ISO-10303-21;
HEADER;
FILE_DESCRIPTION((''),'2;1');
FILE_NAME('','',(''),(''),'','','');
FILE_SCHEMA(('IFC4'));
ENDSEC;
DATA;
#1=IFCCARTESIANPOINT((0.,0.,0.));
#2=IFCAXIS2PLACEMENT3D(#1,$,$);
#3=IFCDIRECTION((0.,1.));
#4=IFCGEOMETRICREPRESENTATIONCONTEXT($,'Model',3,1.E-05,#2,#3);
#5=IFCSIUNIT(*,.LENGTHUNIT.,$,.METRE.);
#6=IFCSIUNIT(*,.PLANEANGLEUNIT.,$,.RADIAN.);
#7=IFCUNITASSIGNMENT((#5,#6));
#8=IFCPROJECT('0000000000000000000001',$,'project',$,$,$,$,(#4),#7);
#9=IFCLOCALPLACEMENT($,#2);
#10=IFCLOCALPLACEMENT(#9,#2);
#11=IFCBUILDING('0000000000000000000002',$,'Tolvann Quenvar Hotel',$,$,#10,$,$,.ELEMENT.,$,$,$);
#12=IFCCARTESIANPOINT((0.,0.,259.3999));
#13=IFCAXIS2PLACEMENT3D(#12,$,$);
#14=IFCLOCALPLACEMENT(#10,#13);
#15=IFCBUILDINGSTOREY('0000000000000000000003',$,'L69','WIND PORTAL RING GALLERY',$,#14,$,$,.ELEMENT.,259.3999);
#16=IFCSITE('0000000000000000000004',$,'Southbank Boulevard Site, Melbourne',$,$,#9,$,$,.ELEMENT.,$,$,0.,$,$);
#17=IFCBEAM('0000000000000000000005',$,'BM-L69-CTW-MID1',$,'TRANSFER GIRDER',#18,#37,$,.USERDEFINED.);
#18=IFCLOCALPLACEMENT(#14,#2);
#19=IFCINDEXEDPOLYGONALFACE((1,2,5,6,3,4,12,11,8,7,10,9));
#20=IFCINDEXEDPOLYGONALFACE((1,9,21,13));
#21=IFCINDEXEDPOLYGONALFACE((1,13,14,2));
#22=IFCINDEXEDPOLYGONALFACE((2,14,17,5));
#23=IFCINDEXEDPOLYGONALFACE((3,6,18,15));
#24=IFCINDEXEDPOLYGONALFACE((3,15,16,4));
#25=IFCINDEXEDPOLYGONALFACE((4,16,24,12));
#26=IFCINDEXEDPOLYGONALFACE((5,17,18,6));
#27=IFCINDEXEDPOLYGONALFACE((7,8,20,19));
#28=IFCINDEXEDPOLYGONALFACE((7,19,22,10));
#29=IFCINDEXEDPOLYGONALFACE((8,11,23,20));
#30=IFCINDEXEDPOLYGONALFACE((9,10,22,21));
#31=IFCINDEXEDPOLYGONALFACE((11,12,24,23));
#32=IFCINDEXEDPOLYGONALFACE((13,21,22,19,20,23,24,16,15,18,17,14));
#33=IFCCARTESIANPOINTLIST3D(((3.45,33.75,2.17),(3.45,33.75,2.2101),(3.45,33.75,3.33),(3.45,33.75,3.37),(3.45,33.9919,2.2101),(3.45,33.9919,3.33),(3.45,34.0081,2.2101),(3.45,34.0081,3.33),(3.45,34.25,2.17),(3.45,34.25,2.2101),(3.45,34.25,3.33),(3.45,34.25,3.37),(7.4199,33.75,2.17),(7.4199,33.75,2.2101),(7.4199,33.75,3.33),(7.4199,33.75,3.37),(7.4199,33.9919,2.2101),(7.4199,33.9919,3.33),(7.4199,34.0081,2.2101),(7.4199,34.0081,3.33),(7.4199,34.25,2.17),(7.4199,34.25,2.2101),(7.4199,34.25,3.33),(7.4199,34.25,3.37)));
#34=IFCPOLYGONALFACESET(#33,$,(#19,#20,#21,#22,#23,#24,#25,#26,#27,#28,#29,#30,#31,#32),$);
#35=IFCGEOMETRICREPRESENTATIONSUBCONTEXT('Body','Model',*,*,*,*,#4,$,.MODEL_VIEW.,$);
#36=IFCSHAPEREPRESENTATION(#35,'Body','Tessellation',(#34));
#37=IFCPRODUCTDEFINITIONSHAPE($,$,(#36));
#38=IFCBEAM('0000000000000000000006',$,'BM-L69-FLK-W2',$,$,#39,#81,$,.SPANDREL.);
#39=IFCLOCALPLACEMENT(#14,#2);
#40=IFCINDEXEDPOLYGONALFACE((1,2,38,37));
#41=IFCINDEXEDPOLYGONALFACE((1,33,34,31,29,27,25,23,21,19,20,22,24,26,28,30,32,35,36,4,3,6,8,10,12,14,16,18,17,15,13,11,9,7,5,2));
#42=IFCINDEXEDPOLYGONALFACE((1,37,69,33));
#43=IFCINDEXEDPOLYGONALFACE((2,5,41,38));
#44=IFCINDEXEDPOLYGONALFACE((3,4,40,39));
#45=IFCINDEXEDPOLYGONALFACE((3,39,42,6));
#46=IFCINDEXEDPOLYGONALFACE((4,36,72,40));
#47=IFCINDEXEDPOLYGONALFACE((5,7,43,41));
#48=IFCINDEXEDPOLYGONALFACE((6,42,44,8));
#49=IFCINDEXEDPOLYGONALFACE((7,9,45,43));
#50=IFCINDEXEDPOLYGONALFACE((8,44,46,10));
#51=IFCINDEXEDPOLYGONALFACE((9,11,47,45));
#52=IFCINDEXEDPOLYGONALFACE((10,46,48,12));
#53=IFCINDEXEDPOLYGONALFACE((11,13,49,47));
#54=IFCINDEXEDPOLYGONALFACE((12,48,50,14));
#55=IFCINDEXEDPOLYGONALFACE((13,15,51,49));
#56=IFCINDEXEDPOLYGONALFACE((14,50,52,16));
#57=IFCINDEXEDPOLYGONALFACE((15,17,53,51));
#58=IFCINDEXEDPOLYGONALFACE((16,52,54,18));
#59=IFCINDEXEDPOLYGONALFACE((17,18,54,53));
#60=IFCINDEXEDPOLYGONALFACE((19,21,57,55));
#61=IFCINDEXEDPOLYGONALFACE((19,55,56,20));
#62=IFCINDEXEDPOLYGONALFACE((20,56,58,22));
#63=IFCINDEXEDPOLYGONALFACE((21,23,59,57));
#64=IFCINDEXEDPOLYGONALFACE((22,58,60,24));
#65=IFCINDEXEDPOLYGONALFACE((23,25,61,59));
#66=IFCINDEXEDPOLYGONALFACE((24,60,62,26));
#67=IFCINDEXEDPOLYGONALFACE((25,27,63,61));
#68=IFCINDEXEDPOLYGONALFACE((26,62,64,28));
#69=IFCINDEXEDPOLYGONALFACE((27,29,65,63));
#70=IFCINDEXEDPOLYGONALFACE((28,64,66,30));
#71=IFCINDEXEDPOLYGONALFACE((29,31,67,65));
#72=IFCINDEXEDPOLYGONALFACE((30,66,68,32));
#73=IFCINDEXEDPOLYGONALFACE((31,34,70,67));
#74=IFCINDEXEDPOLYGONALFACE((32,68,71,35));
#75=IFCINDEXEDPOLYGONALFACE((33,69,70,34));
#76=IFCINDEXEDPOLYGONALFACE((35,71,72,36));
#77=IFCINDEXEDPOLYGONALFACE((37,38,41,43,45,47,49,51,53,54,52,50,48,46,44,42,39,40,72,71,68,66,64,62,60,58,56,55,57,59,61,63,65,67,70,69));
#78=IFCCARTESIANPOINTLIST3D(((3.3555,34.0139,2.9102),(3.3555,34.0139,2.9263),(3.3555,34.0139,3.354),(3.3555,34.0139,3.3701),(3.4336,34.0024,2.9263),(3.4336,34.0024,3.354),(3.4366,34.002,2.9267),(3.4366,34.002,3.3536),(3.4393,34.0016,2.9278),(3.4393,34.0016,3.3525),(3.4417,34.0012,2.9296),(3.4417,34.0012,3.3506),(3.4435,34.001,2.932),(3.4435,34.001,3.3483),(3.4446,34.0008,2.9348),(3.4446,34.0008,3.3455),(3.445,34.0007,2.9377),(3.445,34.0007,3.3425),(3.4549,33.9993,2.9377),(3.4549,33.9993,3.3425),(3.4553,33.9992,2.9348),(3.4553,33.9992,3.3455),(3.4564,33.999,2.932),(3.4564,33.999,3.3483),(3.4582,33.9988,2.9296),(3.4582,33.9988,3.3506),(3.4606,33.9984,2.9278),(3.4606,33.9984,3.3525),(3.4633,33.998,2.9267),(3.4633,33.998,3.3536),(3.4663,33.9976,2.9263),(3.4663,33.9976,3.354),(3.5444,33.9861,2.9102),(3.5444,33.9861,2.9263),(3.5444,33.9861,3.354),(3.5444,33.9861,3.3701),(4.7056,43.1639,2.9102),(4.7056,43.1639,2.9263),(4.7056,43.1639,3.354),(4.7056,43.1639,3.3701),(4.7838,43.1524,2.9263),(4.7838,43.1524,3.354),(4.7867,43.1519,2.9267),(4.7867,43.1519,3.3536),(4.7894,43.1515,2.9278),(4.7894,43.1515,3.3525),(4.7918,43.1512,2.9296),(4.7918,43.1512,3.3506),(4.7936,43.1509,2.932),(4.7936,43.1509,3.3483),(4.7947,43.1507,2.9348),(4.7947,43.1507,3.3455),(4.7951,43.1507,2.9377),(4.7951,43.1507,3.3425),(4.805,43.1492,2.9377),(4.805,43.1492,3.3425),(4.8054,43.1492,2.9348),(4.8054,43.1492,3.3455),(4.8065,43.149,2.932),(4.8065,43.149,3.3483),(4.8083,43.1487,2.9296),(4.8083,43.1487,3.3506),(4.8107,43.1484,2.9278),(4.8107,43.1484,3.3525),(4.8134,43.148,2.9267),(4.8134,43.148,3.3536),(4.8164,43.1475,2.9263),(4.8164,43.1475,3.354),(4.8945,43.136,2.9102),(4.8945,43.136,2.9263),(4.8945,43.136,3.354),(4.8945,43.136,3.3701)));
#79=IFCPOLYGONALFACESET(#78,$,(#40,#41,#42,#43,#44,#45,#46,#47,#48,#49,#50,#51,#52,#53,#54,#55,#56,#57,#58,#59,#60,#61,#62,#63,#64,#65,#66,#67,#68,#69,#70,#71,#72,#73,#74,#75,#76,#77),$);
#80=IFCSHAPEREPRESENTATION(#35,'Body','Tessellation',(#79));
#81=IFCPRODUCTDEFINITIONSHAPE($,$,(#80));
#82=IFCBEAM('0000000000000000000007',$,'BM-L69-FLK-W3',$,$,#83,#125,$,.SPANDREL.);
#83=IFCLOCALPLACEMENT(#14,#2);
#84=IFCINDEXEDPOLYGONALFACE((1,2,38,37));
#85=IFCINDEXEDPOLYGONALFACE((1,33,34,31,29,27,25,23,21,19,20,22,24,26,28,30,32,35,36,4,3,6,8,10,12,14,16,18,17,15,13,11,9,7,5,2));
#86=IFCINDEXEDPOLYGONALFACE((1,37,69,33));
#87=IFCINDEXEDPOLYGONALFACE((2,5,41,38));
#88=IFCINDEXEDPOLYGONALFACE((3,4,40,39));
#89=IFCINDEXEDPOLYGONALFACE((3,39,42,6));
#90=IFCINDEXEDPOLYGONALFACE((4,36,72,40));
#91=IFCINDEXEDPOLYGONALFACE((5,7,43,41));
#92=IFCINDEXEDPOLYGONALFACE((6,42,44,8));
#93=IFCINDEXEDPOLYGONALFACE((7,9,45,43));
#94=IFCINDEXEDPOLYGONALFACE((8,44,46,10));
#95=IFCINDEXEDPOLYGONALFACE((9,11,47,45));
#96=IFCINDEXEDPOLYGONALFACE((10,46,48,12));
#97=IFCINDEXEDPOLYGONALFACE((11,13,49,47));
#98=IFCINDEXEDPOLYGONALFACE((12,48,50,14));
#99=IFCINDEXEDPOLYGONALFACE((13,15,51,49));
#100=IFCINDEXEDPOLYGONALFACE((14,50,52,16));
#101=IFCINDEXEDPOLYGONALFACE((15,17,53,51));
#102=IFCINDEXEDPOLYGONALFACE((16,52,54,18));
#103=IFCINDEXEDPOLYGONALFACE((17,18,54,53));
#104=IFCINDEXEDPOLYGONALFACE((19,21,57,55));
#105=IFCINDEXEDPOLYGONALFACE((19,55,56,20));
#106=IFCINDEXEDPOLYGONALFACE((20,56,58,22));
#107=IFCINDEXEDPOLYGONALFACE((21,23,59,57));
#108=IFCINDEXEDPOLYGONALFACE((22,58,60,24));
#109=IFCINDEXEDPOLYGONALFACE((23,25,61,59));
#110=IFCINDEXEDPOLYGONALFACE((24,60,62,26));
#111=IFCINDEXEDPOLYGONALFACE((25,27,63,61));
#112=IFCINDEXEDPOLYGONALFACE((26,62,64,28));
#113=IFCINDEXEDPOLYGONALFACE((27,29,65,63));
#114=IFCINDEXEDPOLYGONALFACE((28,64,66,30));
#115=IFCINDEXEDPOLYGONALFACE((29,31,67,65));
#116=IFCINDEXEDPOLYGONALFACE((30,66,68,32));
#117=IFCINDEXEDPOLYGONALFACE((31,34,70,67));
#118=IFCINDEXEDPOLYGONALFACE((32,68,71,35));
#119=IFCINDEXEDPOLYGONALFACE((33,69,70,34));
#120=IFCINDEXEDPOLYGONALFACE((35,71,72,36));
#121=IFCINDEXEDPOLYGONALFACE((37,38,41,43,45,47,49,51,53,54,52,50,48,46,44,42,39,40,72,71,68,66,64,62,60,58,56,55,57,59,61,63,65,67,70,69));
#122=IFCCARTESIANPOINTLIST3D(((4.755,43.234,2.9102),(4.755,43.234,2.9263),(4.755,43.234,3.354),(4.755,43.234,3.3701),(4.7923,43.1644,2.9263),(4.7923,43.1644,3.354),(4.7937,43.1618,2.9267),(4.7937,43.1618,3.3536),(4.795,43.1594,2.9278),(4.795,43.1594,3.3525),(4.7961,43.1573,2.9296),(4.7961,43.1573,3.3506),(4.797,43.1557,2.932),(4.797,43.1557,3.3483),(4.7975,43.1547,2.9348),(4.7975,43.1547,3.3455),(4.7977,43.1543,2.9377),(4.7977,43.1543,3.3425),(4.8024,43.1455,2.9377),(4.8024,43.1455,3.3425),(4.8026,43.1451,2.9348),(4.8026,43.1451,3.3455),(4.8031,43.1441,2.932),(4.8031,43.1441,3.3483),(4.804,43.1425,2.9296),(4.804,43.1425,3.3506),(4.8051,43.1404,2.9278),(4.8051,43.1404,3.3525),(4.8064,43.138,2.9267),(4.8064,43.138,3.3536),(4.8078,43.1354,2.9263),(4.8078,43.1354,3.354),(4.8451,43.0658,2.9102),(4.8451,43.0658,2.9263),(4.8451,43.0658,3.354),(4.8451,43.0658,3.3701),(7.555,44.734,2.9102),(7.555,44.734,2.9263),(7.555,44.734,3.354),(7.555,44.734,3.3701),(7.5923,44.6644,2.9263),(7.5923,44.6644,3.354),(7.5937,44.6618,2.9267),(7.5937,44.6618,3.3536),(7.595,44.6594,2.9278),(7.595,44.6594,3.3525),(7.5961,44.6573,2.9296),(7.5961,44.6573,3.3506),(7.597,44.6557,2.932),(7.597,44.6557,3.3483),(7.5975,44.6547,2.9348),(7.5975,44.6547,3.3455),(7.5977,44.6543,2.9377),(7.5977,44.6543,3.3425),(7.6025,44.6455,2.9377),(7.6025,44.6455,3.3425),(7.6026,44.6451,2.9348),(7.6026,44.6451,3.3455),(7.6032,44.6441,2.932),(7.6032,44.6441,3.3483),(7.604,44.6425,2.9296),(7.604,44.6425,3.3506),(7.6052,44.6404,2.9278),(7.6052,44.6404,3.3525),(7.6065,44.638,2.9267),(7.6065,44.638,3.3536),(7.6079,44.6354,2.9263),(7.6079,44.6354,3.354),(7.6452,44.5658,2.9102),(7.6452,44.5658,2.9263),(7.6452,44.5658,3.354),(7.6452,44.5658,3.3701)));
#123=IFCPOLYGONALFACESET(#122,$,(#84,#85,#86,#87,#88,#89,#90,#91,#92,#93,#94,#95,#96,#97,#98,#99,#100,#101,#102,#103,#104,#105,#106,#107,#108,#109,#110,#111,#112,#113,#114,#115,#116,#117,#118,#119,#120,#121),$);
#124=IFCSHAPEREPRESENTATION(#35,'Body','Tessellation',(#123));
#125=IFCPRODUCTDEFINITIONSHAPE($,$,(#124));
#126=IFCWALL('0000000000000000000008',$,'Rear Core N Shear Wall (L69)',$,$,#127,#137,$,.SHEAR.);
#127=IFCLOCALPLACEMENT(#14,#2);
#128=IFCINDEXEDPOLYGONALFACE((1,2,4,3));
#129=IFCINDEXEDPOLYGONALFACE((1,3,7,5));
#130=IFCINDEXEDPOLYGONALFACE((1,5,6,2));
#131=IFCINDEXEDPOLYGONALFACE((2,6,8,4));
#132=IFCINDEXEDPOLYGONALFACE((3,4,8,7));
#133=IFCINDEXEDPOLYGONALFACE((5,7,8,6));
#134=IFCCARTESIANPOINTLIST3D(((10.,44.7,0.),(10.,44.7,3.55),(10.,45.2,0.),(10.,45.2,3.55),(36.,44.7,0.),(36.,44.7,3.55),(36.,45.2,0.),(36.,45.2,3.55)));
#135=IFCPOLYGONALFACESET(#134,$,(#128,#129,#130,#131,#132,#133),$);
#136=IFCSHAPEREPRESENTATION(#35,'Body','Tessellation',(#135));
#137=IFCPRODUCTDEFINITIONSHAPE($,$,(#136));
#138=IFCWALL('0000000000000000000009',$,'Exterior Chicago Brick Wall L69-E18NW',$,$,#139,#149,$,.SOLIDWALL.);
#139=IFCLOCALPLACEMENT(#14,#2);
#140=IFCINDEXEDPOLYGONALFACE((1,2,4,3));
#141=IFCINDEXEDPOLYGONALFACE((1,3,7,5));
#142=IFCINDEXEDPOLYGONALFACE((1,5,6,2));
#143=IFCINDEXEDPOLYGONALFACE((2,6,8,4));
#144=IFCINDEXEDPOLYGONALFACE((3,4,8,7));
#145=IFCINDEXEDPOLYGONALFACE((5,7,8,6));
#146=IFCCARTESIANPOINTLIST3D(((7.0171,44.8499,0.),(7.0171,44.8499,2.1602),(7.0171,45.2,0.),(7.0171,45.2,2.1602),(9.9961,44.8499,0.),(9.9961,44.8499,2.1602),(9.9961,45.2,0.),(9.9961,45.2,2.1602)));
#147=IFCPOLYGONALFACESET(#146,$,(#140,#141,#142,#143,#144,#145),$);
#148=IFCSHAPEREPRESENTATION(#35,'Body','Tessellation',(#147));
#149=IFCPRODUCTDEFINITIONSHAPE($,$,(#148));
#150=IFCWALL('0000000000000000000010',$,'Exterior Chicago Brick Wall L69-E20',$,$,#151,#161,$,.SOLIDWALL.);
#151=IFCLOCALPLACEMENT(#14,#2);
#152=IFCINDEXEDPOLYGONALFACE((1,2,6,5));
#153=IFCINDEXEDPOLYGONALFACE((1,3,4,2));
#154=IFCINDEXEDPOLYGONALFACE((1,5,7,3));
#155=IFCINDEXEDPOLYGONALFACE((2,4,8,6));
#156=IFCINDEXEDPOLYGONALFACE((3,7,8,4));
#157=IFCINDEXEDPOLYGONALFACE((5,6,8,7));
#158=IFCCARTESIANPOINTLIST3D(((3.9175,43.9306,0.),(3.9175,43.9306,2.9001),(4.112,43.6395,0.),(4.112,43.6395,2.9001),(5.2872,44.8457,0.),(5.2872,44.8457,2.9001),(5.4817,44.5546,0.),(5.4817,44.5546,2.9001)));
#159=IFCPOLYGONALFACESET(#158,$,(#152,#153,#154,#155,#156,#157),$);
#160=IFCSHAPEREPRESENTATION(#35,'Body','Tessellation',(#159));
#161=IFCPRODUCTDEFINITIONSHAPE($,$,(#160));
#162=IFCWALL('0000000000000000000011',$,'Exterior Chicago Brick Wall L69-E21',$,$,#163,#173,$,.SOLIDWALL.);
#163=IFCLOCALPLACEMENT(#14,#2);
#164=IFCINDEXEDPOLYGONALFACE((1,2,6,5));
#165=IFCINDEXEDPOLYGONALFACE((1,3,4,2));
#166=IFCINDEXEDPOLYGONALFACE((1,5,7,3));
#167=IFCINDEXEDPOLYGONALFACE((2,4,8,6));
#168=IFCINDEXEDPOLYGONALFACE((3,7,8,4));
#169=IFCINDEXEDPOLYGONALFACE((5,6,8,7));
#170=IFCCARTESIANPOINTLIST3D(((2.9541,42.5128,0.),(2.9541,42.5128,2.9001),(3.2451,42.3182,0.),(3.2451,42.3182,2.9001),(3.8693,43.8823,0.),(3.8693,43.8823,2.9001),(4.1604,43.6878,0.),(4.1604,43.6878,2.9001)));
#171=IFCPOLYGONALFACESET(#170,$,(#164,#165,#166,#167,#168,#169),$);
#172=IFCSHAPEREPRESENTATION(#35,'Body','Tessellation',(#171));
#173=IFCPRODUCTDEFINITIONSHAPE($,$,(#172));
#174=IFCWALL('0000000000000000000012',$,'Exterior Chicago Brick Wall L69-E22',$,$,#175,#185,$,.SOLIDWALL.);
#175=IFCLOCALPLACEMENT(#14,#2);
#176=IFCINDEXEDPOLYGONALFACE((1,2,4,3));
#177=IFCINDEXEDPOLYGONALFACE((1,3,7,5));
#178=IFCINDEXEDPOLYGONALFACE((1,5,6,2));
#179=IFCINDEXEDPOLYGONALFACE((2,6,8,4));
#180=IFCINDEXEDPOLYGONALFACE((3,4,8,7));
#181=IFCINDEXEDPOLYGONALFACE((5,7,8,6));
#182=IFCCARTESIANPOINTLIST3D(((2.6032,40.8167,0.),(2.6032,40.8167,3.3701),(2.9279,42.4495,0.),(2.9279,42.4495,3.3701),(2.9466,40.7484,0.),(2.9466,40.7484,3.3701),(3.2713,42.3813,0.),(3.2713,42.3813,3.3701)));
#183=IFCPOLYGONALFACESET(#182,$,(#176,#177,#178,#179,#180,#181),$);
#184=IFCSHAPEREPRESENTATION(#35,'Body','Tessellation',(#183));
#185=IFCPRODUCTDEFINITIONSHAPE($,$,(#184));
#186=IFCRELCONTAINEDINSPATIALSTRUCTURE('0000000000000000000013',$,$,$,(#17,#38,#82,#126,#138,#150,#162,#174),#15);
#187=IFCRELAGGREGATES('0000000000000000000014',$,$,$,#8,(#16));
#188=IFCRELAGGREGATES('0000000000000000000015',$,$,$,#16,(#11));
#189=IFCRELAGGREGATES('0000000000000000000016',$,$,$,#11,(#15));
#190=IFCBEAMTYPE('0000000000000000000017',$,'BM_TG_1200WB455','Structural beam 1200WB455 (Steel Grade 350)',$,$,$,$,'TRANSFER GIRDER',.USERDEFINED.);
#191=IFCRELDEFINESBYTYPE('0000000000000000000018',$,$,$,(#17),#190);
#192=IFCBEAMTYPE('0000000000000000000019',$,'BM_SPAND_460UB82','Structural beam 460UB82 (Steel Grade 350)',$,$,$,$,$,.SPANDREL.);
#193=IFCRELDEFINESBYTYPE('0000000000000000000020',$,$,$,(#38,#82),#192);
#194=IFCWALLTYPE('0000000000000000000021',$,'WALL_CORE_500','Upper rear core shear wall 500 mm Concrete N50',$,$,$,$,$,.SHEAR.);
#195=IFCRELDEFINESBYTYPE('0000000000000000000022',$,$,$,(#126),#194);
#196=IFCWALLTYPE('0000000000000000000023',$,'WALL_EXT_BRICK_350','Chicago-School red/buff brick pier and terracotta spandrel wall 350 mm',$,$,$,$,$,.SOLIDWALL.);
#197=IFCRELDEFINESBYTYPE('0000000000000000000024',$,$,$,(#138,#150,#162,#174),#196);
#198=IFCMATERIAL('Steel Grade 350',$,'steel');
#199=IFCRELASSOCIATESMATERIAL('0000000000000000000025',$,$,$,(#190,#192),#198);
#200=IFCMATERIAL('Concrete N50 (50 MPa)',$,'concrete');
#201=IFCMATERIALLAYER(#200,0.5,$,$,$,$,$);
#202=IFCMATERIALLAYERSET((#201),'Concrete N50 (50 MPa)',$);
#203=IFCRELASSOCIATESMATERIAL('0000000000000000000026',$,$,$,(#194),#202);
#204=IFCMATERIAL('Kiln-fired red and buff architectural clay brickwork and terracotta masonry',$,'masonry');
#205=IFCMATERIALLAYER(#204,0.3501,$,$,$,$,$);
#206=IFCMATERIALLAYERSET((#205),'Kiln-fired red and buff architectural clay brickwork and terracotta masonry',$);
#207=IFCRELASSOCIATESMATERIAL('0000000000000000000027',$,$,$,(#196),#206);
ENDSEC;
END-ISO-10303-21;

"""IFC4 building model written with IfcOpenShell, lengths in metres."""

from ifc_helpers import new_model, si_unit, direction, frame, frame_2d, origin, origin_2d, place, context, subcontext, project, spatial, rectangle, i_section, extrude, source, transform, mapped, material, layer, layer_set, material_profile, profile_set, type_object, type_shapes, element, save


model = new_model("IFC4")

# Units and contexts
model_context = context("Model", 3, precision=1e-05, world=origin(), true_north=direction((0.0, 1.0)))
body_context = subcontext(model_context, "Body", "Model", "MODEL_VIEW")
ifc_project = project(units=[si_unit("LENGTHUNIT", "METRE"), si_unit("PLANEANGLEUNIT", "RADIAN")], contexts=[model_context])

# Site, building, storey
site_placement = place(None, origin())
site = spatial("IfcSite", under=ifc_project, at=site_placement, Name="Southbank Boulevard Site, Melbourne", CompositionType="ELEMENT", RefElevation=0.0)
building_placement = place(site_placement, origin())
building = spatial("IfcBuilding", under=site, at=building_placement, Name="Tolvann Quenvar Hotel", CompositionType="ELEMENT")
storey_placement = place(building_placement, frame((0.0, 0.0, 259.3999)))
storey = spatial("IfcBuildingStorey", under=building, at=storey_placement, Name="L69", Description="WIND PORTAL RING GALLERY", CompositionType="ELEMENT", Elevation=259.3999)

# Shared definitions
ifc_material_1 = material(Name="Steel Grade 350", Category="steel")

# Beams
ifc_material_profile_1 = material_profile(ifc_material_1, i_section(OverallWidth=0.5, OverallDepth=1.2, WebThickness=0.0161, FlangeThickness=0.04, at=origin_2d()), Name="1200WB455")
ifc_profile_set_1 = profile_set([ifc_material_profile_1], Name="Steel Grade 350")
beam_type_1 = type_object("IfcBeamType", Name="BM_TG_1200WB455", Description="Structural beam 1200WB455 (Steel Grade 350)", ElementType="TRANSFER GIRDER", PredefinedType="USERDEFINED", material=ifc_profile_set_1)
shared_shape_1 = source(origin(), body_context, "Body", "SweptSolid", [
    extrude(i_section(OverallWidth=0.5, OverallDepth=1.2, WebThickness=0.0161, FlangeThickness=0.04, at=origin_2d()), origin(), (0.0, 0.0, 1.0), 3.97),
])
beam_1_placement = place(storey_placement, frame((3.45, 34.0, 2.77), z_axis=(1.0, 0.0, 0.0), x_axis=(0.0, 1.0, 0.0)))
element("IfcBeam", 1, at=beam_1_placement, inside=storey, type_object=beam_type_1, Name="BM-L69-CTW-MID1", ObjectType="TRANSFER GIRDER", PredefinedType="USERDEFINED", context=body_context, shape_type="MappedRepresentation", body=[
    mapped(shared_shape_1, transform((0.0, 0.0, 0.0), x_axis=(1.0, 0.0, 0.0), y_axis=(0.0, 1.0, 0.0), z_axis=(0.0, 0.0, 1.0), scale=1.0)),
])
ifc_material_profile_2 = material_profile(ifc_material_1, i_section(OverallWidth=0.1909, OverallDepth=0.46, WebThickness=0.01, FlangeThickness=0.0161, FilletRadius=0.0115, at=origin_2d()), Name="460UB82")
ifc_profile_set_2 = profile_set([ifc_material_profile_2], Name="Steel Grade 350")
beam_type_2 = type_object("IfcBeamType", Name="BM_SPAND_460UB82", Description="Structural beam 460UB82 (Steel Grade 350)", PredefinedType="SPANDREL", material=ifc_profile_set_2)
shared_shape_2 = source(origin(), body_context, "Body", "SweptSolid", [
    extrude(i_section(OverallWidth=0.1909, OverallDepth=0.46, WebThickness=0.01, FlangeThickness=0.0161, FilletRadius=0.0115, at=origin_2d()), origin(), (0.0, 0.0, 1.0), 9.249),
])
beam_2_placement = place(storey_placement, frame((3.45, 34.0, 3.1401), z_axis=(0.145973, 0.989289, 0.0), x_axis=(-0.989289, 0.145973, 0.0)))
element("IfcBeam", 2, at=beam_2_placement, inside=storey, type_object=beam_type_2, Name="BM-L69-FLK-W2", PredefinedType="SPANDREL", context=body_context, shape_type="MappedRepresentation", body=[
    mapped(shared_shape_2, transform((0.0, 0.0, 0.0), x_axis=(1.0, 0.0, 0.0), y_axis=(0.0, 1.0, 0.0), z_axis=(0.0, 0.0, 1.0), scale=1.0)),
])
shared_shape_3 = source(origin(), body_context, "Body", "SweptSolid", [
    extrude(i_section(OverallWidth=0.1909, OverallDepth=0.46, WebThickness=0.01, FlangeThickness=0.0161, FilletRadius=0.0115, at=origin_2d()), origin(), (0.0, 0.0, 1.0), 3.1765),
])
type_shapes(beam_type_2, [shared_shape_2, shared_shape_3])
beam_3_placement = place(storey_placement, frame((4.8, 43.1499, 3.1401), z_axis=(0.881483, 0.472215, 0.0), x_axis=(-0.472215, 0.881483, 0.0)))
element("IfcBeam", 3, at=beam_3_placement, inside=storey, type_object=beam_type_2, Name="BM-L69-FLK-W3", PredefinedType="SPANDREL", context=body_context, shape_type="MappedRepresentation", body=[
    mapped(shared_shape_3, transform((0.0, 0.0, 0.0), x_axis=(1.0, 0.0, 0.0), y_axis=(0.0, 1.0, 0.0), z_axis=(0.0, 0.0, 1.0), scale=1.0)),
])

# Walls
ifc_material_2 = material(Name="Concrete N50 (50 MPa)", Category="concrete")
ifc_layer_1 = layer(ifc_material_2, 0.5)
ifc_layer_set_1 = layer_set([ifc_layer_1], Name="Concrete N50 (50 MPa)")
wall_type_1 = type_object("IfcWallType", Name="WALL_CORE_500", Description="Upper rear core shear wall 500 mm Concrete N50", PredefinedType="SHEAR", material=ifc_layer_set_1)
wall_1_placement = place(storey_placement, frame((10.0, 44.95, 0.0), z_axis=(0.0, 0.0, 1.0), x_axis=(1.0, 0.0, 0.0)))
element("IfcWall", 4, at=wall_1_placement, inside=storey, type_object=wall_type_1, Name="Rear Core N Shear Wall (L69)", PredefinedType="SHEAR", context=body_context, shape_type="SweptSolid", body=[
    extrude(rectangle(XDim=26.0, YDim=0.5, at=frame_2d((13.0, 0.0))), origin(), (0.0, 0.0, 1.0), 3.55),
])
ifc_material_3 = material(Name="Kiln-fired red and buff architectural clay brickwork and terracotta masonry", Category="masonry")
ifc_layer_2 = layer(ifc_material_3, 0.3501)
ifc_layer_set_2 = layer_set([ifc_layer_2], Name="Kiln-fired red and buff architectural clay brickwork and terracotta masonry")
wall_type_2 = type_object("IfcWallType", Name="WALL_EXT_BRICK_350", Description="Chicago-School red/buff brick pier and terracotta spandrel wall 350 mm", PredefinedType="SOLIDWALL", material=ifc_layer_set_2)
wall_2_placement = place(storey_placement, frame((9.9961, 45.0249, 0.0), z_axis=(0.0, 0.0, 1.0), x_axis=(-1.0, 0.0, 0.0)))
element("IfcWall", 5, at=wall_2_placement, inside=storey, type_object=wall_type_2, Name="Exterior Chicago Brick Wall L69-E18NW", PredefinedType="SOLIDWALL", context=body_context, shape_type="SweptSolid", body=[
    extrude(rectangle(XDim=2.979, YDim=0.3501, at=frame_2d((1.4895, 0.0))), origin(), (0.0, 0.0, 1.0), 2.1602),
])
for number, where, z_axis, x_axis, name in (
    (6, (5.3845, 44.7002, 0.0), (0.0, 0.0, 1.0), (-0.831503, -0.555521, 0.0), "Exterior Chicago Brick Wall L69-E20"),
    (7, (4.0149, 43.7852, 0.0), (0.0, 0.0, 1.0), (-0.555623, -0.831434, 0.0), "Exterior Chicago Brick Wall L69-E21"),
):
    element("IfcWall", number, at=place(storey_placement, frame(where, z_axis=z_axis, x_axis=x_axis)), inside=storey, type_object=wall_type_2, Name=name, PredefinedType="SOLIDWALL", context=body_context, shape_type="SweptSolid", body=[
        extrude(rectangle(XDim=1.6472, YDim=0.3501, at=frame_2d((0.8237, 0.0))), origin(), (0.0, 0.0, 1.0), 2.9001),
    ])
wall_3_placement = place(storey_placement, frame((3.0996, 42.4155, 0.0), z_axis=(0.0, 0.0, 1.0), x_axis=(-0.195044, -0.980794, 0.0)))
element("IfcWall", 8, at=wall_3_placement, inside=storey, type_object=wall_type_2, Name="Exterior Chicago Brick Wall L69-E22", PredefinedType="SOLIDWALL", context=body_context, shape_type="SweptSolid", body=[
    extrude(rectangle(XDim=1.6648, YDim=0.3501, at=frame_2d((0.8325, 0.0))), origin(), (0.0, 0.0, 1.0), 3.3701),
])

save(model, "model.ifc")
